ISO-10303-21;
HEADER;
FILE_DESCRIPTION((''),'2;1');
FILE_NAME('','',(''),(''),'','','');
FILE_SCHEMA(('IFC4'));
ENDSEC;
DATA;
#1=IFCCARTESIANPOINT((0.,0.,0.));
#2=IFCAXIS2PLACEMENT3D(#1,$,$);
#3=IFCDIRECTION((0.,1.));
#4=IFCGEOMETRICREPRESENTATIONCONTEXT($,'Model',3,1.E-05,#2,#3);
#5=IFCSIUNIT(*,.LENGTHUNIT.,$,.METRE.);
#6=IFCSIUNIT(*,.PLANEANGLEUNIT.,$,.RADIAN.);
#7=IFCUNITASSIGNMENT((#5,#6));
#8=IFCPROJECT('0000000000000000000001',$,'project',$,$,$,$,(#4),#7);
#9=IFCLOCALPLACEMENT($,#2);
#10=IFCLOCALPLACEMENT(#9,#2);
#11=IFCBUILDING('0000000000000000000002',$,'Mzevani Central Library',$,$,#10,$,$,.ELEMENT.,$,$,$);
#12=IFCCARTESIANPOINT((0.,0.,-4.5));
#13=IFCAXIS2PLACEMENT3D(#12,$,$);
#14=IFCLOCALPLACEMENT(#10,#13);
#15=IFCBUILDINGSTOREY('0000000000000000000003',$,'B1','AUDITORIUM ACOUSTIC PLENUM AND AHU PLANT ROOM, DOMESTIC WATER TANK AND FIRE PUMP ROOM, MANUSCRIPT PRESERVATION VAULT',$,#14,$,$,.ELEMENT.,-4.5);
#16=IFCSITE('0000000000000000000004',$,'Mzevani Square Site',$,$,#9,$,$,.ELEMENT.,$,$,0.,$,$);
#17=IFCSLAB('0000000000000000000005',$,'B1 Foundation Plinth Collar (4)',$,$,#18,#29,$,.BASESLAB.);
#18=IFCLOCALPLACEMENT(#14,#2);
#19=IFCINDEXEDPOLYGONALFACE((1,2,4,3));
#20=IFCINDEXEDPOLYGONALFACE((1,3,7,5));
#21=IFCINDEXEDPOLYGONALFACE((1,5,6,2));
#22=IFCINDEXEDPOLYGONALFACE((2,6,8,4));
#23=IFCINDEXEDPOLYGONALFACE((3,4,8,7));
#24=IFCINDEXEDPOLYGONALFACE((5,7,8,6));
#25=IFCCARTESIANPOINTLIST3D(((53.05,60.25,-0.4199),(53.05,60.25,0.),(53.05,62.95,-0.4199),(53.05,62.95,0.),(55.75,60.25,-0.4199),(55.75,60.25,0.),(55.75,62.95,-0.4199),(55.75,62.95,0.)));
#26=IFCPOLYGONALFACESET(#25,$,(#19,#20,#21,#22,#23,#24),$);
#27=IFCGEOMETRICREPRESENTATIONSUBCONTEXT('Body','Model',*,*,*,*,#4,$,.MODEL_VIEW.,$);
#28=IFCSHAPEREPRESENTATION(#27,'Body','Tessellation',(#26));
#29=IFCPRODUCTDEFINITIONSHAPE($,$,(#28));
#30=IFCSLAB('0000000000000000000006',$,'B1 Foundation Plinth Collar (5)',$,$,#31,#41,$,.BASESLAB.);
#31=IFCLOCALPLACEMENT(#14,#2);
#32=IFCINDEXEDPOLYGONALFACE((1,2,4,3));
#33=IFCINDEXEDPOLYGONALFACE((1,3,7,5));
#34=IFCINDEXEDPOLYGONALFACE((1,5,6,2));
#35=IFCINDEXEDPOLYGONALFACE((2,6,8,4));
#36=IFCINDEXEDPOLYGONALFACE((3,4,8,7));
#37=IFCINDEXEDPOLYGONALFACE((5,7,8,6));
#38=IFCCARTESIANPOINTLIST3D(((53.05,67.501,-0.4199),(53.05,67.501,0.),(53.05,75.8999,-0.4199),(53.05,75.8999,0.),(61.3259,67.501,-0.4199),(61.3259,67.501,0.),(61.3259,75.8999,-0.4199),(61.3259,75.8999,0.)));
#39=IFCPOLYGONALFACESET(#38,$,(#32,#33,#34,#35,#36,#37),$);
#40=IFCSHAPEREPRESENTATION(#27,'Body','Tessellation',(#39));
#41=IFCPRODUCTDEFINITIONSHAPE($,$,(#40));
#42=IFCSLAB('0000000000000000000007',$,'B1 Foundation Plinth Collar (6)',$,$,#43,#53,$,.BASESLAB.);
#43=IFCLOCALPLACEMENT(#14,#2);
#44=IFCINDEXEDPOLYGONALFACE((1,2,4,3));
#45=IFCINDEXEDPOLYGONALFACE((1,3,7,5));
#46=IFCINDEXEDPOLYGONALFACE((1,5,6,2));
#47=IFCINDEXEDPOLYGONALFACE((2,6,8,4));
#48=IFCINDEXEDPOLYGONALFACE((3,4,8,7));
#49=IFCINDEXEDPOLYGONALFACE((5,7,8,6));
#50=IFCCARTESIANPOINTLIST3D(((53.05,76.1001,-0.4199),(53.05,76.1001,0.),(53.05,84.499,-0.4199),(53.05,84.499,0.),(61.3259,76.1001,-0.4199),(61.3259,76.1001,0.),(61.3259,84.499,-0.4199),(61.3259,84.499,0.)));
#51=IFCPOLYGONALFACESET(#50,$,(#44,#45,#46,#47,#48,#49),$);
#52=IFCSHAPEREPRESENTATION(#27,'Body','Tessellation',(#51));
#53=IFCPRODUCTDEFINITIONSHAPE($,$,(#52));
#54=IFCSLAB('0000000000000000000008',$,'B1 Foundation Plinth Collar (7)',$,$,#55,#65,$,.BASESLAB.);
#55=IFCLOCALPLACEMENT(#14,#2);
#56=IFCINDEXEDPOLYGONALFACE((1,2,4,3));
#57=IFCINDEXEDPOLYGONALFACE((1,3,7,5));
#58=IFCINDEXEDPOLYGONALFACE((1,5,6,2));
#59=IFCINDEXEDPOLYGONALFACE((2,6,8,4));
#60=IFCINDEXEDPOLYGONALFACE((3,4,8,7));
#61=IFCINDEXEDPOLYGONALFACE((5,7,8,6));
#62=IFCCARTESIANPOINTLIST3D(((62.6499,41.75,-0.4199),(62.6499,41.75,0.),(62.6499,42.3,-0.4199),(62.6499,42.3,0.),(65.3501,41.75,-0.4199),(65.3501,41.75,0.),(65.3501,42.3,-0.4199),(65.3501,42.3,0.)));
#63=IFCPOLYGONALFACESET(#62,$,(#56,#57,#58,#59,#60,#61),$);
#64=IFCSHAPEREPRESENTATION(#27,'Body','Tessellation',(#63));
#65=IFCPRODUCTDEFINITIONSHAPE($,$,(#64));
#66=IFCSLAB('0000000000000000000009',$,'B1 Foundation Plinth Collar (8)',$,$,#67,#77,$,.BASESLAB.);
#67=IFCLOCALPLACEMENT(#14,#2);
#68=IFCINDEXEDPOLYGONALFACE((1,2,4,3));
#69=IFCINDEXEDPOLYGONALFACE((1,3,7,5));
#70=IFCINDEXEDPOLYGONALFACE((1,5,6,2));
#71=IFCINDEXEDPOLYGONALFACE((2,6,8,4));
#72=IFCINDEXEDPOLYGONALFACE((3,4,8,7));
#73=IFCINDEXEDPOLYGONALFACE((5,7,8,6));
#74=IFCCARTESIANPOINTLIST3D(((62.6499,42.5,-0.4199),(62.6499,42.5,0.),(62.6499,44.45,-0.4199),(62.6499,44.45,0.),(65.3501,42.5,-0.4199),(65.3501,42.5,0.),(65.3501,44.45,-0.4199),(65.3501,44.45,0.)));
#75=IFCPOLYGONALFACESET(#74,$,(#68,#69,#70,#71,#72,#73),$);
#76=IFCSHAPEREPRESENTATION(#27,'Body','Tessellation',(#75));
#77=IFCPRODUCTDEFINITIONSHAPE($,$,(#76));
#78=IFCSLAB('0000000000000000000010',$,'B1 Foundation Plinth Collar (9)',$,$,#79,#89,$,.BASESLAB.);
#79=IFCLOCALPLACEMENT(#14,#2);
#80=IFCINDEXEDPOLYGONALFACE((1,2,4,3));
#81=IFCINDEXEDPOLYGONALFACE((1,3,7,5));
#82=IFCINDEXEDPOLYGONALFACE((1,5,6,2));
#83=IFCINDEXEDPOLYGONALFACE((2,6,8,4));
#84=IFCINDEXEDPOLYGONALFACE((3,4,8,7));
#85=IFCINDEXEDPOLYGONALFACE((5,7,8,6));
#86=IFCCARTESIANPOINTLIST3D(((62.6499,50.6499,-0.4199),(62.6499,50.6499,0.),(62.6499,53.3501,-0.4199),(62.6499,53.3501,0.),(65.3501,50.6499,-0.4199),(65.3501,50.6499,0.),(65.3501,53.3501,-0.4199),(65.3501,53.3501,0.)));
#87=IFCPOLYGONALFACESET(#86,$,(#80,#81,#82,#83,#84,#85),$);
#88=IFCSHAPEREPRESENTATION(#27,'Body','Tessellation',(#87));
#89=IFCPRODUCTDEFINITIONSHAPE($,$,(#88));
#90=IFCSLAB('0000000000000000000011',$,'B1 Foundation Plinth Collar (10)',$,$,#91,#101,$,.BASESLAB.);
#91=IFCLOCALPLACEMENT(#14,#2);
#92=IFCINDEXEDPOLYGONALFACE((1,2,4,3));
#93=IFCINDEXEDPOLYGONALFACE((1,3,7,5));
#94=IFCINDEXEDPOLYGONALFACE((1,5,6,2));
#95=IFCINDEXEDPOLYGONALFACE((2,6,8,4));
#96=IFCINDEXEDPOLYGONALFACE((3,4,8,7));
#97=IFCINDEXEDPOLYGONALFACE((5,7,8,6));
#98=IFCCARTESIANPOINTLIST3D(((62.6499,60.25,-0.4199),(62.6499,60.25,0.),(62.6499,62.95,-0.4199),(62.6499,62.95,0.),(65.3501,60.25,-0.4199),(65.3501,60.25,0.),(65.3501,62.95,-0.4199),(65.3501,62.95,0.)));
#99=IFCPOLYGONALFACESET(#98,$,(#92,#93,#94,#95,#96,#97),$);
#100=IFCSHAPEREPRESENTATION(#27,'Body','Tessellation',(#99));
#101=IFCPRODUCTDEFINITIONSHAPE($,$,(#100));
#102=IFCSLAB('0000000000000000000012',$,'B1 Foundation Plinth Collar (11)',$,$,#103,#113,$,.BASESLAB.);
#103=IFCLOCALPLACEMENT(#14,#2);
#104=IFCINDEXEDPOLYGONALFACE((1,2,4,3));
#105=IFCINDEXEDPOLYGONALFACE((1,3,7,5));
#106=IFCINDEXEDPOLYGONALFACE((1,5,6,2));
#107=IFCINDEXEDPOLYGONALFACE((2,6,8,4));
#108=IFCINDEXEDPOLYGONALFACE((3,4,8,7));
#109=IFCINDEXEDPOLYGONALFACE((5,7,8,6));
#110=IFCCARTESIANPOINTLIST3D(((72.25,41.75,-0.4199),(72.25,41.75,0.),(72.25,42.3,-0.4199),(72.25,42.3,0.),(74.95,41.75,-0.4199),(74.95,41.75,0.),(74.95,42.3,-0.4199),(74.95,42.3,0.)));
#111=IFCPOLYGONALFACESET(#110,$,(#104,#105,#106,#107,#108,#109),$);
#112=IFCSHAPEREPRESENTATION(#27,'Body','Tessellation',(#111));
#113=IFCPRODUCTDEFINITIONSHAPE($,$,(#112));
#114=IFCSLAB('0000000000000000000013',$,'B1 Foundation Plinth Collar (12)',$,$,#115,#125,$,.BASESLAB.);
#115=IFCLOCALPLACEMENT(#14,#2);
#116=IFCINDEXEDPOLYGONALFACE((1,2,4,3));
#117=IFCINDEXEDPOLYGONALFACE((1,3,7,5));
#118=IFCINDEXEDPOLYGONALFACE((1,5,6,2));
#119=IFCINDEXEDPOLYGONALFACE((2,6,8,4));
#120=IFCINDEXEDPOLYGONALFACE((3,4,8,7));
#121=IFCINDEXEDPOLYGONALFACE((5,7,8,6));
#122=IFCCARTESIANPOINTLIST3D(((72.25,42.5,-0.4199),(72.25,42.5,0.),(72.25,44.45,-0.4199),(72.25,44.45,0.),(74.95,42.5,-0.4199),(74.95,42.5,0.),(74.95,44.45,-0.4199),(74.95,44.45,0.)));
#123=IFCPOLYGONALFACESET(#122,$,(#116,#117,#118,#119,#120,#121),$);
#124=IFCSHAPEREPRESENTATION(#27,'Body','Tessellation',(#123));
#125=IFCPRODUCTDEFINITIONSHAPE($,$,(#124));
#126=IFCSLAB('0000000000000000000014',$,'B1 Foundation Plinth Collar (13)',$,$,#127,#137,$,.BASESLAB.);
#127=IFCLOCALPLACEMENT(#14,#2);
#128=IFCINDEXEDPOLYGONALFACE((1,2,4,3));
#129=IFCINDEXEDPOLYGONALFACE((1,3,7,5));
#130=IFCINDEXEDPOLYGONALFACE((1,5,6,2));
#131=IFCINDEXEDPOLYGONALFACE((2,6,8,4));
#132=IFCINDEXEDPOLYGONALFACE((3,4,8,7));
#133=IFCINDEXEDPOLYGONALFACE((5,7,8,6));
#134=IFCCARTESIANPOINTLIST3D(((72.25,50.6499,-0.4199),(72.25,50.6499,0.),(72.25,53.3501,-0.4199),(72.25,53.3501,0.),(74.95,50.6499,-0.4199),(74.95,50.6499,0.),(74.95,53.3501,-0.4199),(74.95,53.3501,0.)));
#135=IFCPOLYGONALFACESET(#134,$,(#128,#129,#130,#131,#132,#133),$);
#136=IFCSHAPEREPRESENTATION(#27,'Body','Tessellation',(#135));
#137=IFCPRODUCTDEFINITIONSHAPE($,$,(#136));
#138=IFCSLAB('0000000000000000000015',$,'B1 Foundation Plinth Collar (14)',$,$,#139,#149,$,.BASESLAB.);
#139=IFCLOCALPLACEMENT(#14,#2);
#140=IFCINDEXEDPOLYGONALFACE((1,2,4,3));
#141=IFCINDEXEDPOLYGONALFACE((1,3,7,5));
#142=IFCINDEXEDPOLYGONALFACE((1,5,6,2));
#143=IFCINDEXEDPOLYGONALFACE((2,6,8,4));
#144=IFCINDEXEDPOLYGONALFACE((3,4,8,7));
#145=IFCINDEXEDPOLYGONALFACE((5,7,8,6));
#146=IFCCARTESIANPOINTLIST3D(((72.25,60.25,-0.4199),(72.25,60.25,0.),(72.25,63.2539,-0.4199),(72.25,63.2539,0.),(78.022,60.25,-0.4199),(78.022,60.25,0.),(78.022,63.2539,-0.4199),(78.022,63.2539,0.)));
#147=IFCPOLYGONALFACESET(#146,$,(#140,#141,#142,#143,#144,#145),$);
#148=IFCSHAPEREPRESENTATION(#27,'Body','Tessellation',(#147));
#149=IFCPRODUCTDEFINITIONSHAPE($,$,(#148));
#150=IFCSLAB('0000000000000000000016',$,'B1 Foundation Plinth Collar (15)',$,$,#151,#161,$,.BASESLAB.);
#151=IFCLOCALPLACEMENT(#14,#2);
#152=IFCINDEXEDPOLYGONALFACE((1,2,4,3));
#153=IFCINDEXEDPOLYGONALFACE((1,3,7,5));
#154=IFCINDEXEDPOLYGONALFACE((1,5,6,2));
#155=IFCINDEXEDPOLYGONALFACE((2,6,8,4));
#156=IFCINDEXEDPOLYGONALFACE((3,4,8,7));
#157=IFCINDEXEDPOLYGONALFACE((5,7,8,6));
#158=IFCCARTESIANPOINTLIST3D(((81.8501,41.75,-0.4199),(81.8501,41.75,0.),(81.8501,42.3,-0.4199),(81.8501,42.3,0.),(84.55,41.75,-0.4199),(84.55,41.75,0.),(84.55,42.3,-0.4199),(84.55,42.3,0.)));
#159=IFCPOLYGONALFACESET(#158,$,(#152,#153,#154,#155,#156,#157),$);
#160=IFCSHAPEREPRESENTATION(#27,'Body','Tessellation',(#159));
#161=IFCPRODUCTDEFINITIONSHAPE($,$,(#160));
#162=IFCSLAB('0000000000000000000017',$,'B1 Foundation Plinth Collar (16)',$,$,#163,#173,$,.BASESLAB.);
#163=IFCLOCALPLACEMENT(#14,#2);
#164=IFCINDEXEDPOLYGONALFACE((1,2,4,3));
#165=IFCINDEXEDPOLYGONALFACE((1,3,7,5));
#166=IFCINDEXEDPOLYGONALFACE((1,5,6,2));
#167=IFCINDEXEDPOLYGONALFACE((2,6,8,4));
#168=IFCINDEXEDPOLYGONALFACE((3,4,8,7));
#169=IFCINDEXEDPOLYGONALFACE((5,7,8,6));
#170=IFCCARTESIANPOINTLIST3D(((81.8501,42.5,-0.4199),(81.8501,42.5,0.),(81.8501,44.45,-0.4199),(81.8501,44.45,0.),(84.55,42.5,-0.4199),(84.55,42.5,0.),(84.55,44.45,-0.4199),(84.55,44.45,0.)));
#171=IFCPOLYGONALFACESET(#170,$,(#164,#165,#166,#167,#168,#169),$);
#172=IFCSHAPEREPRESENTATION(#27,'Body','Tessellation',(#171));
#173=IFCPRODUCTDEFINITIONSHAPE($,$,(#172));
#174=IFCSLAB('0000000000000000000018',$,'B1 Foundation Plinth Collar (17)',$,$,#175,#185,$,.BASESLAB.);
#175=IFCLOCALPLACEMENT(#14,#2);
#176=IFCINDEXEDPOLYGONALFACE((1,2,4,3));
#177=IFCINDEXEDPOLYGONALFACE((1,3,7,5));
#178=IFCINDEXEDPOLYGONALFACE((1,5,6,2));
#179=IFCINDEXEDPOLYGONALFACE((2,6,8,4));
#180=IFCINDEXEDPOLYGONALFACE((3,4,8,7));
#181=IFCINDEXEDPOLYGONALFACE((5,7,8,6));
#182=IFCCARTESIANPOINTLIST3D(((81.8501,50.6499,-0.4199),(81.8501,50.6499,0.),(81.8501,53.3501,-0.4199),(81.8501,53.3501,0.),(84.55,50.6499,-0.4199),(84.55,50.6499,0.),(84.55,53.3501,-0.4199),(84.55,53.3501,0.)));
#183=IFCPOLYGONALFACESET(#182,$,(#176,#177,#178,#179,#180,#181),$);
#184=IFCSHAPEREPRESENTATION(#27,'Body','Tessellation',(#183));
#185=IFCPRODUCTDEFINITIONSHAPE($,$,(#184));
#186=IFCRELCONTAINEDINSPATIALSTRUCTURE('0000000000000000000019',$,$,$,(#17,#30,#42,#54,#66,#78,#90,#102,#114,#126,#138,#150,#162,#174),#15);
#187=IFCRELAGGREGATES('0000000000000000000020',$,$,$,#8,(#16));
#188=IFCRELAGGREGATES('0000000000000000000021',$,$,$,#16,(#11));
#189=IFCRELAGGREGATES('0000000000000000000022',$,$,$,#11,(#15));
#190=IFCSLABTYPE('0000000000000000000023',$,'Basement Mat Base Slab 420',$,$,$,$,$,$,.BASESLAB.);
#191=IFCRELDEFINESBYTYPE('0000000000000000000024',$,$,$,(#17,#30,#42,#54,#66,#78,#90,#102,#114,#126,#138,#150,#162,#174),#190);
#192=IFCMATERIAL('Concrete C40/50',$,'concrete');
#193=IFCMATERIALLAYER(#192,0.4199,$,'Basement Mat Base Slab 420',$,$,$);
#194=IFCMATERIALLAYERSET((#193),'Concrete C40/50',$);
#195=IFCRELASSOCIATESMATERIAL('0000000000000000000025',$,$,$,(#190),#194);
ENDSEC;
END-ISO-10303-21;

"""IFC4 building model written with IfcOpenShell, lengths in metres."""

from ifc_helpers import new_model, si_unit, direction, frame, origin, place, context, subcontext, project, spatial, polyline, outline, extrude, material, layer, layer_set, type_object, element, save


model = new_model("IFC4")

# Units and contexts
model_context = context("Model", 3, precision=1e-05, world=origin(), true_north=direction((0.0, 1.0)))
body_context = subcontext(model_context, "Body", "Model", "MODEL_VIEW")
ifc_project = project(units=[si_unit("LENGTHUNIT", "METRE"), si_unit("PLANEANGLEUNIT", "RADIAN")], contexts=[model_context])

# Site, building, storey
site_placement = place(None, origin())
site = spatial("IfcSite", under=ifc_project, at=site_placement, Name="Mzevani Square Site", CompositionType="ELEMENT", RefElevation=0.0)
building_placement = place(site_placement, origin())
building = spatial("IfcBuilding", under=site, at=building_placement, Name="Mzevani Central Library", CompositionType="ELEMENT")
storey_placement = place(building_placement, frame((0.0, 0.0, -4.5)))
storey = spatial("IfcBuildingStorey", under=building, at=storey_placement, Name="B1", Description="AUDITORIUM ACOUSTIC PLENUM AND AHU PLANT ROOM, DOMESTIC WATER TANK AND FIRE PUMP ROOM, MANUSCRIPT PRESERVATION VAULT", CompositionType="ELEMENT", Elevation=-4.5)

# Shared definitions
ifc_material = material(Name="Concrete C40/50", Category="concrete")

# Slabs
ifc_layer = layer(ifc_material, 0.4199, Name="Basement Mat Base Slab 420")
ifc_layer_set = layer_set([ifc_layer], Name="Concrete C40/50")
slab_type = type_object("IfcSlabType", Name="Basement Mat Base Slab 420", PredefinedType="BASESLAB", material=ifc_layer_set)
slab_1_placement = place(storey_placement, frame((0.0, 0.0, -0.4199)))
element("IfcSlab", 1, at=slab_1_placement, inside=storey, type_object=slab_type, Name="B1 Foundation Plinth Collar (4)", PredefinedType="BASESLAB", context=body_context, shape_type="SweptSolid", body=[
    extrude(outline(polyline([(53.05, 62.95), (55.75, 62.95), (55.75, 60.25), (53.05, 60.25), (53.05, 62.95)])), origin(), (0.0, 0.0, 1.0), 0.4199),
])
slab_2_placement = place(storey_placement, frame((0.0, 0.0, -0.4199)))
element("IfcSlab", 2, at=slab_2_placement, inside=storey, type_object=slab_type, Name="B1 Foundation Plinth Collar (5)", PredefinedType="BASESLAB", context=body_context, shape_type="SweptSolid", body=[
    extrude(outline(polyline([(53.05, 75.8999), (61.3259, 75.8999), (61.3259, 67.501), (53.05, 67.501), (53.05, 75.8999)])), origin(), (0.0, 0.0, 1.0), 0.4199),
])
slab_3_placement = place(storey_placement, frame((0.0, 0.0, -0.4199)))
element("IfcSlab", 3, at=slab_3_placement, inside=storey, type_object=slab_type, Name="B1 Foundation Plinth Collar (6)", PredefinedType="BASESLAB", context=body_context, shape_type="SweptSolid", body=[
    extrude(outline(polyline([(53.05, 84.499), (61.3259, 84.499), (61.3259, 76.1001), (53.05, 76.1001), (53.05, 84.499)])), origin(), (0.0, 0.0, 1.0), 0.4199),
])
slab_4_placement = place(storey_placement, frame((0.0, 0.0, -0.4199)))
element("IfcSlab", 4, at=slab_4_placement, inside=storey, type_object=slab_type, Name="B1 Foundation Plinth Collar (7)", PredefinedType="BASESLAB", context=body_context, shape_type="SweptSolid", body=[
    extrude(outline(polyline([(62.6499, 42.3), (65.3501, 42.3), (65.3501, 41.75), (62.6499, 41.75), (62.6499, 42.3)])), origin(), (0.0, 0.0, 1.0), 0.4199),
])
slab_5_placement = place(storey_placement, frame((0.0, 0.0, -0.4199)))
element("IfcSlab", 5, at=slab_5_placement, inside=storey, type_object=slab_type, Name="B1 Foundation Plinth Collar (8)", PredefinedType="BASESLAB", context=body_context, shape_type="SweptSolid", body=[
    extrude(outline(polyline([(62.6499, 44.45), (65.3501, 44.45), (65.3501, 42.5), (62.6499, 42.5), (62.6499, 44.45)])), origin(), (0.0, 0.0, 1.0), 0.4199),
])
slab_6_placement = place(storey_placement, frame((0.0, 0.0, -0.4199)))
element("IfcSlab", 6, at=slab_6_placement, inside=storey, type_object=slab_type, Name="B1 Foundation Plinth Collar (9)", PredefinedType="BASESLAB", context=body_context, shape_type="SweptSolid", body=[
    extrude(outline(polyline([(62.6499, 53.3501), (65.3501, 53.3501), (65.3501, 50.6499), (62.6499, 50.6499), (62.6499, 53.3501)])), origin(), (0.0, 0.0, 1.0), 0.4199),
])
slab_7_placement = place(storey_placement, frame((0.0, 0.0, -0.4199)))
element("IfcSlab", 7, at=slab_7_placement, inside=storey, type_object=slab_type, Name="B1 Foundation Plinth Collar (10)", PredefinedType="BASESLAB", context=body_context, shape_type="SweptSolid", body=[
    extrude(outline(polyline([(62.6499, 62.95), (65.3501, 62.95), (65.3501, 60.25), (62.6499, 60.25), (62.6499, 62.95)])), origin(), (0.0, 0.0, 1.0), 0.4199),
])
slab_8_placement = place(storey_placement, frame((0.0, 0.0, -0.4199)))
element("IfcSlab", 8, at=slab_8_placement, inside=storey, type_object=slab_type, Name="B1 Foundation Plinth Collar (11)", PredefinedType="BASESLAB", context=body_context, shape_type="SweptSolid", body=[
    extrude(outline(polyline([(72.25, 42.3), (74.95, 42.3), (74.95, 41.75), (72.25, 41.75), (72.25, 42.3)])), origin(), (0.0, 0.0, 1.0), 0.4199),
])
slab_9_placement = place(storey_placement, frame((0.0, 0.0, -0.4199)))
element("IfcSlab", 9, at=slab_9_placement, inside=storey, type_object=slab_type, Name="B1 Foundation Plinth Collar (12)", PredefinedType="BASESLAB", context=body_context, shape_type="SweptSolid", body=[
    extrude(outline(polyline([(72.25, 44.45), (74.95, 44.45), (74.95, 42.5), (72.25, 42.5), (72.25, 44.45)])), origin(), (0.0, 0.0, 1.0), 0.4199),
])
slab_10_placement = place(storey_placement, frame((0.0, 0.0, -0.4199)))
element("IfcSlab", 10, at=slab_10_placement, inside=storey, type_object=slab_type, Name="B1 Foundation Plinth Collar (13)", PredefinedType="BASESLAB", context=body_context, shape_type="SweptSolid", body=[
    extrude(outline(polyline([(72.25, 53.3501), (74.95, 53.3501), (74.95, 50.6499), (72.25, 50.6499), (72.25, 53.3501)])), origin(), (0.0, 0.0, 1.0), 0.4199),
])
slab_11_placement = place(storey_placement, frame((0.0, 0.0, -0.4199)))
element("IfcSlab", 11, at=slab_11_placement, inside=storey, type_object=slab_type, Name="B1 Foundation Plinth Collar (14)", PredefinedType="BASESLAB", context=body_context, shape_type="SweptSolid", body=[
    extrude(outline(polyline([(72.25, 63.2539), (78.022, 63.2539), (78.022, 60.25), (72.25, 60.25), (72.25, 63.2539)])), origin(), (0.0, 0.0, 1.0), 0.4199),
])
slab_12_placement = place(storey_placement, frame((0.0, 0.0, -0.4199)))
element("IfcSlab", 12, at=slab_12_placement, inside=storey, type_object=slab_type, Name="B1 Foundation Plinth Collar (15)", PredefinedType="BASESLAB", context=body_context, shape_type="SweptSolid", body=[
    extrude(outline(polyline([(81.8501, 42.3), (84.55, 42.3), (84.55, 41.75), (81.8501, 41.75), (81.8501, 42.3)])), origin(), (0.0, 0.0, 1.0), 0.4199),
])
slab_13_placement = place(storey_placement, frame((0.0, 0.0, -0.4199)))
element("IfcSlab", 13, at=slab_13_placement, inside=storey, type_object=slab_type, Name="B1 Foundation Plinth Collar (16)", PredefinedType="BASESLAB", context=body_context, shape_type="SweptSolid", body=[
    extrude(outline(polyline([(81.8501, 44.45), (84.55, 44.45), (84.55, 42.5), (81.8501, 42.5), (81.8501, 44.45)])), origin(), (0.0, 0.0, 1.0), 0.4199),
])
slab_14_placement = place(storey_placement, frame((0.0, 0.0, -0.4199)))
element("IfcSlab", 14, at=slab_14_placement, inside=storey, type_object=slab_type, Name="B1 Foundation Plinth Collar (17)", PredefinedType="BASESLAB", context=body_context, shape_type="SweptSolid", body=[
    extrude(outline(polyline([(81.8501, 53.3501), (84.55, 53.3501), (84.55, 50.6499), (81.8501, 50.6499), (81.8501, 53.3501)])), origin(), (0.0, 0.0, 1.0), 0.4199),
])

save(model, "model.ifc")
